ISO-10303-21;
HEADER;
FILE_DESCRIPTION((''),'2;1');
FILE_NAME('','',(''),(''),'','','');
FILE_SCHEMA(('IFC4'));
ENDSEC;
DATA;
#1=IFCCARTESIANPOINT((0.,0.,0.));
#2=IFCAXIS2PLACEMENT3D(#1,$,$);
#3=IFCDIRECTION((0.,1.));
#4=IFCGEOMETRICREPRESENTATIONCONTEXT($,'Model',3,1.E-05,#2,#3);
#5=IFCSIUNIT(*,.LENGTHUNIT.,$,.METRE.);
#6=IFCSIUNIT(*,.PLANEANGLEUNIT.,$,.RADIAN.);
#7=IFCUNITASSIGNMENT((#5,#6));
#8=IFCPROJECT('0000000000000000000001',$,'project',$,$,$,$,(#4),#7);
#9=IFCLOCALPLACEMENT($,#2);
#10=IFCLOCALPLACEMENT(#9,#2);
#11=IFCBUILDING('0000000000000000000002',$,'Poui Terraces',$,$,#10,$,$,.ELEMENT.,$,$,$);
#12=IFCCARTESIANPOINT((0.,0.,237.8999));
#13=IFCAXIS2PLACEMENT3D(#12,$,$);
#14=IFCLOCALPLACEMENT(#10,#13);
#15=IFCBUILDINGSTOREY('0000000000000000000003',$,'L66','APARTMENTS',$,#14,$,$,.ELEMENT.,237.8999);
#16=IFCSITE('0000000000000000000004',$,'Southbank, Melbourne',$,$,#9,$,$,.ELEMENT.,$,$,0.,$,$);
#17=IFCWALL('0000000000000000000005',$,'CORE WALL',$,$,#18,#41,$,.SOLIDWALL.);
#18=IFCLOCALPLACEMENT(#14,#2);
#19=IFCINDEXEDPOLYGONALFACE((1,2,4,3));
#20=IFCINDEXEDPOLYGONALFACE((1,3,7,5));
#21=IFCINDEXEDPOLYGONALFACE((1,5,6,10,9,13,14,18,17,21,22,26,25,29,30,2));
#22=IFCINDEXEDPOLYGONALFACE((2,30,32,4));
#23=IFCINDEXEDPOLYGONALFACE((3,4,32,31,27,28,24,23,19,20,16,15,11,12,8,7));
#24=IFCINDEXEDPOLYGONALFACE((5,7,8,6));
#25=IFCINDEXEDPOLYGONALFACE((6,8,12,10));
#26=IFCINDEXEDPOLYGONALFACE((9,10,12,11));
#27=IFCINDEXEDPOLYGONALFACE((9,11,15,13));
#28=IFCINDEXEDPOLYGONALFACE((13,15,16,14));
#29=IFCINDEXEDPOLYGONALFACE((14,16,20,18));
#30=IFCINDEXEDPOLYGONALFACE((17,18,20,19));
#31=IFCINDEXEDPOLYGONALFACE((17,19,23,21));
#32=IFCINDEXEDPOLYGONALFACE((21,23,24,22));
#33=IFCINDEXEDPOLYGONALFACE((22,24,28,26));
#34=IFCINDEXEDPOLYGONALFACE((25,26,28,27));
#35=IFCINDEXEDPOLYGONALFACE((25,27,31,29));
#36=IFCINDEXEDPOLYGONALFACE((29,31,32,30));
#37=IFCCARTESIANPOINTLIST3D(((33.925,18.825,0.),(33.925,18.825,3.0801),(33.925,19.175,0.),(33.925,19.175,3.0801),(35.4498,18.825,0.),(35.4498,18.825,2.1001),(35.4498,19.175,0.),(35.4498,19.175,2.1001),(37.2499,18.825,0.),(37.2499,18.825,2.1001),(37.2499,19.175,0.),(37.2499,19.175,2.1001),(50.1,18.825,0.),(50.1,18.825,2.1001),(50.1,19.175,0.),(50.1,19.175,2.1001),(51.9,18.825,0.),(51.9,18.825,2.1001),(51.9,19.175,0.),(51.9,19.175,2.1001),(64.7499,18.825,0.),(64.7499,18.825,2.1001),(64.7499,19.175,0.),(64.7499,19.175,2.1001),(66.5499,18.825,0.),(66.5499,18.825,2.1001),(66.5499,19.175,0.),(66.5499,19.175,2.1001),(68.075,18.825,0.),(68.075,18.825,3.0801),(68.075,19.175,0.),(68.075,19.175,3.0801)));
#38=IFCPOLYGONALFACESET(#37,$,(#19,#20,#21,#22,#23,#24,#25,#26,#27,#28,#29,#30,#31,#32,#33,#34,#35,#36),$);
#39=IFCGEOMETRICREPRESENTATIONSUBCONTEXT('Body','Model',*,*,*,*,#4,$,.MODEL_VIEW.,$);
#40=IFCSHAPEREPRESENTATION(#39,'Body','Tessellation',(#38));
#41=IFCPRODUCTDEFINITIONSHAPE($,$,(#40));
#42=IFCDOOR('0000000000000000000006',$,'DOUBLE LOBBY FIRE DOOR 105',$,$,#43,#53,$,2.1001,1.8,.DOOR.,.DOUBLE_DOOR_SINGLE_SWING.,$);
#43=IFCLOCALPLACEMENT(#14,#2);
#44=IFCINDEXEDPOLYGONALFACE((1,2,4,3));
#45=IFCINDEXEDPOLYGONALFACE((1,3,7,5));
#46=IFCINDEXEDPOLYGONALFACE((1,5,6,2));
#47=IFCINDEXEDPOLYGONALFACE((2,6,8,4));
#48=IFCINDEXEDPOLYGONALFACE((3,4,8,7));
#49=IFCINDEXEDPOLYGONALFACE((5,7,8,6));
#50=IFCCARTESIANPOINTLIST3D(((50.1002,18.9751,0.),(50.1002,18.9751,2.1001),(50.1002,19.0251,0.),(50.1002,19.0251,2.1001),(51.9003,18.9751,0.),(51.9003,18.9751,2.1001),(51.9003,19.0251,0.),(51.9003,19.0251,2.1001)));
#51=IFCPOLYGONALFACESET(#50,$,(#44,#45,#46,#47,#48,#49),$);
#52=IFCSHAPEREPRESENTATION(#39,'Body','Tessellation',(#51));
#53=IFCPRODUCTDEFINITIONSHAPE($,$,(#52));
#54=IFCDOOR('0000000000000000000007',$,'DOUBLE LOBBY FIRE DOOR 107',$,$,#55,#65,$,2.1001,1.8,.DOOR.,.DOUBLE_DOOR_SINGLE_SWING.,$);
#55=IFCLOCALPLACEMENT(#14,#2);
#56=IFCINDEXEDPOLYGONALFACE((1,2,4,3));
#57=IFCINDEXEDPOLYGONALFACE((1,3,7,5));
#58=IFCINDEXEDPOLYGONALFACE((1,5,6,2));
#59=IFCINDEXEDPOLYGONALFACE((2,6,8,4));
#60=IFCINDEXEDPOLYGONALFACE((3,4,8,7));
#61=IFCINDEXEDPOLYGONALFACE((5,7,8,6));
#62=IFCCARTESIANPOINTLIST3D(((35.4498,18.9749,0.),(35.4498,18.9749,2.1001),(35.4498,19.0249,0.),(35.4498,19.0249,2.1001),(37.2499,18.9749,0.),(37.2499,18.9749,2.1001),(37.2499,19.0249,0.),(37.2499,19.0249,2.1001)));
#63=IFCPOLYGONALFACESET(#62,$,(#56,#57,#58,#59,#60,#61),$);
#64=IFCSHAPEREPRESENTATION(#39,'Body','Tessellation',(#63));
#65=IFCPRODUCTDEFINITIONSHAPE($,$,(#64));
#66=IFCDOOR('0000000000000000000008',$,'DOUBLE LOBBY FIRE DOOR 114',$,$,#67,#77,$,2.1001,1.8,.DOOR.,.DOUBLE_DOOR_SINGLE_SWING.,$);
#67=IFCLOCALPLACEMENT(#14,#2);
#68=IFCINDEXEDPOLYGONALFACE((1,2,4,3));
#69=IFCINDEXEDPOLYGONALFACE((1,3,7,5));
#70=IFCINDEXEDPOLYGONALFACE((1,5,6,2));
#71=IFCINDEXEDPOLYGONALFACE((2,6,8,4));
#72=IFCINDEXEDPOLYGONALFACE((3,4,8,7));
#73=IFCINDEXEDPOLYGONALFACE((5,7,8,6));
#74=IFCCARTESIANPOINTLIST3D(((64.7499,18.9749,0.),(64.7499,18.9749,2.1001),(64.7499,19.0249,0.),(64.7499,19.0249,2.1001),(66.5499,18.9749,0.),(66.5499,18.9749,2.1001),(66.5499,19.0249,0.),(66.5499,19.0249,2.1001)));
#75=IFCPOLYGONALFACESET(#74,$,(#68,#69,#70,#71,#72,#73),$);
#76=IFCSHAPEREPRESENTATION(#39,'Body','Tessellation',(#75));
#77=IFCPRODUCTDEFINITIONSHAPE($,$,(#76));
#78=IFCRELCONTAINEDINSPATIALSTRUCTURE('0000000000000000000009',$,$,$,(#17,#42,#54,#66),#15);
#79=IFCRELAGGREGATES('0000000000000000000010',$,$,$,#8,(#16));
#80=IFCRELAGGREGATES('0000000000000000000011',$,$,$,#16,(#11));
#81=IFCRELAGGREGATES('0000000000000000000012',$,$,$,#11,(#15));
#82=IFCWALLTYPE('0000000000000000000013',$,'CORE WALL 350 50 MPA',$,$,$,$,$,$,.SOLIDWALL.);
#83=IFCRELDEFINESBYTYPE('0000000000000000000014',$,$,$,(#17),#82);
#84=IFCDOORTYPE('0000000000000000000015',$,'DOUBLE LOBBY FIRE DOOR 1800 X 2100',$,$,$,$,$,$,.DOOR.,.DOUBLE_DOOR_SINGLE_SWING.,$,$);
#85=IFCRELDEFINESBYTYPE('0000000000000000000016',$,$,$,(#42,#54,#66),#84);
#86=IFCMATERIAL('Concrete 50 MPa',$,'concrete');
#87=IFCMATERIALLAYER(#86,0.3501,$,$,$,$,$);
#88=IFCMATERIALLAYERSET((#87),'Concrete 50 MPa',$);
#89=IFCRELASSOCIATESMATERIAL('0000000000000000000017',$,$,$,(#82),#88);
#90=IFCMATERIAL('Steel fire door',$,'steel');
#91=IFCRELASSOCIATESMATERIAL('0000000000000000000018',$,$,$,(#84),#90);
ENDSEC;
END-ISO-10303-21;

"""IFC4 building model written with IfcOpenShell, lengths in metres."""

from ifc_helpers import new_model, si_unit, direction, frame, frame_2d, origin, place, context, subcontext, project, spatial, rectangle, extrude, material, layer, layer_set, type_object, element, fill, save


model = new_model("IFC4")

# Units and contexts
model_context = context("Model", 3, precision=1e-05, world=origin(), true_north=direction((0.0, 1.0)))
body_context = subcontext(model_context, "Body", "Model", "MODEL_VIEW")
ifc_project = project(units=[si_unit("LENGTHUNIT", "METRE"), si_unit("PLANEANGLEUNIT", "RADIAN")], contexts=[model_context])

# Site, building, storey
site_placement = place(None, origin())
site = spatial("IfcSite", under=ifc_project, at=site_placement, Name="Southbank, Melbourne", CompositionType="ELEMENT", RefElevation=0.0)
building_placement = place(site_placement, origin())
building = spatial("IfcBuilding", under=site, at=building_placement, Name="Poui Terraces", CompositionType="ELEMENT")
storey_placement = place(building_placement, frame((0.0, 0.0, 237.8999)))
storey = spatial("IfcBuildingStorey", under=building, at=storey_placement, Name="L66", Description="APARTMENTS", CompositionType="ELEMENT", Elevation=237.8999)

# Wall, openings, doors
ifc_material_1 = material(Name="Concrete 50 MPa", Category="concrete")
ifc_layer_1 = layer(ifc_material_1, 0.3501)
ifc_layer_set_1 = layer_set([ifc_layer_1], Name="Concrete 50 MPa")
wall_type_1 = type_object("IfcWallType", Name="CORE WALL 350 50 MPA", PredefinedType="SOLIDWALL", material=ifc_layer_set_1)
wall_1_placement = place(storey_placement, frame((33.925, 19.0, 0.0), z_axis=(0.0, 0.0, 1.0), x_axis=(1.0, 0.0, 0.0)))
wall_1 = element("IfcWall", 1, at=wall_1_placement, inside=storey, type_object=wall_type_1, Name="CORE WALL", PredefinedType="SOLIDWALL", context=body_context, shape_type="SweptSolid", body=[
    extrude(rectangle(XDim=34.1499, YDim=0.3501, at=frame_2d((17.075, 0.0))), origin(), (0.0, 0.0, 1.0), 3.0801),
])
opening_1_placement = place(wall_1_placement, frame((16.175, 0.0, 0.0)))
opening_1 = element("IfcOpeningElement", 2, at=opening_1_placement, cuts=wall_1, PredefinedType="OPENING", context=body_context, shape_type="SweptSolid", body=[
    extrude(rectangle(XDim=1.8, YDim=2.1001, at=frame_2d((0.8999, 1.05))), frame((0.0, 0.1851, 0.0), z_axis=(0.0, -1.0, 0.0), x_axis=(1.0, 0.0, 0.0)), (0.0, 0.0, 1.0), 0.3701),
])
opening_2_placement = place(wall_1_placement, frame((1.5249, 0.0, 0.0)))
opening_2 = element("IfcOpeningElement", 3, at=opening_2_placement, cuts=wall_1, PredefinedType="OPENING", context=body_context, shape_type="SweptSolid", body=[
    extrude(rectangle(XDim=1.8, YDim=2.1001, at=frame_2d((0.8999, 1.05))), frame((0.0, 0.1851, 0.0), z_axis=(0.0, -1.0, 0.0), x_axis=(1.0, 0.0, 0.0)), (0.0, 0.0, 1.0), 0.3701),
])
opening_3_placement = place(wall_1_placement, frame((30.825, 0.0, 0.0)))
opening_3 = element("IfcOpeningElement", 4, at=opening_3_placement, cuts=wall_1, PredefinedType="OPENING", context=body_context, shape_type="SweptSolid", body=[
    extrude(rectangle(XDim=1.8, YDim=2.1001, at=frame_2d((0.8999, 1.05))), frame((0.0, 0.1851, 0.0), z_axis=(0.0, -1.0, 0.0), x_axis=(1.0, 0.0, 0.0)), (0.0, 0.0, 1.0), 0.3701),
])
ifc_material_2 = material(Name="Steel fire door", Category="steel")
door_type_1 = type_object("IfcDoorType", Name="DOUBLE LOBBY FIRE DOOR 1800 X 2100", OperationType="DOUBLE_DOOR_SINGLE_SWING", PredefinedType="DOOR", material=ifc_material_2)
door_1_placement = place(opening_1_placement, frame((1.8, 0.0, 0.0), z_axis=(0.0, 0.0, 1.0), x_axis=(-1.0, 0.0, 0.0)))
door_1 = element("IfcDoor", 5, at=door_1_placement, inside=storey, type_object=door_type_1, Name="DOUBLE LOBBY FIRE DOOR 105", OperationType="DOUBLE_DOOR_SINGLE_SWING", OverallHeight=2.1001, OverallWidth=1.8, PredefinedType="DOOR", context=body_context, shape_type="SweptSolid", body=[
    extrude(rectangle(XDim=1.8, YDim=2.1001, at=frame_2d((0.8999, 1.05))), frame((0.0, 0.0249, 0.0), z_axis=(0.0, -1.0, 0.0), x_axis=(1.0, 0.0, 0.0)), (0.0, 0.0, 1.0), 0.05),
])
fill(opening_1, door_1)
door_2_placement = place(opening_2_placement, origin())
door_2 = element("IfcDoor", 6, at=door_2_placement, inside=storey, type_object=door_type_1, Name="DOUBLE LOBBY FIRE DOOR 107", OperationType="DOUBLE_DOOR_SINGLE_SWING", OverallHeight=2.1001, OverallWidth=1.8, PredefinedType="DOOR", context=body_context, shape_type="SweptSolid", body=[
    extrude(rectangle(XDim=1.8, YDim=2.1001, at=frame_2d((0.8999, 1.05))), frame((0.0, 0.0249, 0.0), z_axis=(0.0, -1.0, 0.0), x_axis=(1.0, 0.0, 0.0)), (0.0, 0.0, 1.0), 0.05),
])
fill(opening_2, door_2)
door_3_placement = place(opening_3_placement, origin())
door_3 = element("IfcDoor", 7, at=door_3_placement, inside=storey, type_object=door_type_1, Name="DOUBLE LOBBY FIRE DOOR 114", OperationType="DOUBLE_DOOR_SINGLE_SWING", OverallHeight=2.1001, OverallWidth=1.8, PredefinedType="DOOR", context=body_context, shape_type="SweptSolid", body=[
    extrude(rectangle(XDim=1.8, YDim=2.1001, at=frame_2d((0.8999, 1.05))), frame((0.0, 0.0249, 0.0), z_axis=(0.0, -1.0, 0.0), x_axis=(1.0, 0.0, 0.0)), (0.0, 0.0, 1.0), 0.05),
])
fill(opening_3, door_3)

save(model, "model.ifc")
